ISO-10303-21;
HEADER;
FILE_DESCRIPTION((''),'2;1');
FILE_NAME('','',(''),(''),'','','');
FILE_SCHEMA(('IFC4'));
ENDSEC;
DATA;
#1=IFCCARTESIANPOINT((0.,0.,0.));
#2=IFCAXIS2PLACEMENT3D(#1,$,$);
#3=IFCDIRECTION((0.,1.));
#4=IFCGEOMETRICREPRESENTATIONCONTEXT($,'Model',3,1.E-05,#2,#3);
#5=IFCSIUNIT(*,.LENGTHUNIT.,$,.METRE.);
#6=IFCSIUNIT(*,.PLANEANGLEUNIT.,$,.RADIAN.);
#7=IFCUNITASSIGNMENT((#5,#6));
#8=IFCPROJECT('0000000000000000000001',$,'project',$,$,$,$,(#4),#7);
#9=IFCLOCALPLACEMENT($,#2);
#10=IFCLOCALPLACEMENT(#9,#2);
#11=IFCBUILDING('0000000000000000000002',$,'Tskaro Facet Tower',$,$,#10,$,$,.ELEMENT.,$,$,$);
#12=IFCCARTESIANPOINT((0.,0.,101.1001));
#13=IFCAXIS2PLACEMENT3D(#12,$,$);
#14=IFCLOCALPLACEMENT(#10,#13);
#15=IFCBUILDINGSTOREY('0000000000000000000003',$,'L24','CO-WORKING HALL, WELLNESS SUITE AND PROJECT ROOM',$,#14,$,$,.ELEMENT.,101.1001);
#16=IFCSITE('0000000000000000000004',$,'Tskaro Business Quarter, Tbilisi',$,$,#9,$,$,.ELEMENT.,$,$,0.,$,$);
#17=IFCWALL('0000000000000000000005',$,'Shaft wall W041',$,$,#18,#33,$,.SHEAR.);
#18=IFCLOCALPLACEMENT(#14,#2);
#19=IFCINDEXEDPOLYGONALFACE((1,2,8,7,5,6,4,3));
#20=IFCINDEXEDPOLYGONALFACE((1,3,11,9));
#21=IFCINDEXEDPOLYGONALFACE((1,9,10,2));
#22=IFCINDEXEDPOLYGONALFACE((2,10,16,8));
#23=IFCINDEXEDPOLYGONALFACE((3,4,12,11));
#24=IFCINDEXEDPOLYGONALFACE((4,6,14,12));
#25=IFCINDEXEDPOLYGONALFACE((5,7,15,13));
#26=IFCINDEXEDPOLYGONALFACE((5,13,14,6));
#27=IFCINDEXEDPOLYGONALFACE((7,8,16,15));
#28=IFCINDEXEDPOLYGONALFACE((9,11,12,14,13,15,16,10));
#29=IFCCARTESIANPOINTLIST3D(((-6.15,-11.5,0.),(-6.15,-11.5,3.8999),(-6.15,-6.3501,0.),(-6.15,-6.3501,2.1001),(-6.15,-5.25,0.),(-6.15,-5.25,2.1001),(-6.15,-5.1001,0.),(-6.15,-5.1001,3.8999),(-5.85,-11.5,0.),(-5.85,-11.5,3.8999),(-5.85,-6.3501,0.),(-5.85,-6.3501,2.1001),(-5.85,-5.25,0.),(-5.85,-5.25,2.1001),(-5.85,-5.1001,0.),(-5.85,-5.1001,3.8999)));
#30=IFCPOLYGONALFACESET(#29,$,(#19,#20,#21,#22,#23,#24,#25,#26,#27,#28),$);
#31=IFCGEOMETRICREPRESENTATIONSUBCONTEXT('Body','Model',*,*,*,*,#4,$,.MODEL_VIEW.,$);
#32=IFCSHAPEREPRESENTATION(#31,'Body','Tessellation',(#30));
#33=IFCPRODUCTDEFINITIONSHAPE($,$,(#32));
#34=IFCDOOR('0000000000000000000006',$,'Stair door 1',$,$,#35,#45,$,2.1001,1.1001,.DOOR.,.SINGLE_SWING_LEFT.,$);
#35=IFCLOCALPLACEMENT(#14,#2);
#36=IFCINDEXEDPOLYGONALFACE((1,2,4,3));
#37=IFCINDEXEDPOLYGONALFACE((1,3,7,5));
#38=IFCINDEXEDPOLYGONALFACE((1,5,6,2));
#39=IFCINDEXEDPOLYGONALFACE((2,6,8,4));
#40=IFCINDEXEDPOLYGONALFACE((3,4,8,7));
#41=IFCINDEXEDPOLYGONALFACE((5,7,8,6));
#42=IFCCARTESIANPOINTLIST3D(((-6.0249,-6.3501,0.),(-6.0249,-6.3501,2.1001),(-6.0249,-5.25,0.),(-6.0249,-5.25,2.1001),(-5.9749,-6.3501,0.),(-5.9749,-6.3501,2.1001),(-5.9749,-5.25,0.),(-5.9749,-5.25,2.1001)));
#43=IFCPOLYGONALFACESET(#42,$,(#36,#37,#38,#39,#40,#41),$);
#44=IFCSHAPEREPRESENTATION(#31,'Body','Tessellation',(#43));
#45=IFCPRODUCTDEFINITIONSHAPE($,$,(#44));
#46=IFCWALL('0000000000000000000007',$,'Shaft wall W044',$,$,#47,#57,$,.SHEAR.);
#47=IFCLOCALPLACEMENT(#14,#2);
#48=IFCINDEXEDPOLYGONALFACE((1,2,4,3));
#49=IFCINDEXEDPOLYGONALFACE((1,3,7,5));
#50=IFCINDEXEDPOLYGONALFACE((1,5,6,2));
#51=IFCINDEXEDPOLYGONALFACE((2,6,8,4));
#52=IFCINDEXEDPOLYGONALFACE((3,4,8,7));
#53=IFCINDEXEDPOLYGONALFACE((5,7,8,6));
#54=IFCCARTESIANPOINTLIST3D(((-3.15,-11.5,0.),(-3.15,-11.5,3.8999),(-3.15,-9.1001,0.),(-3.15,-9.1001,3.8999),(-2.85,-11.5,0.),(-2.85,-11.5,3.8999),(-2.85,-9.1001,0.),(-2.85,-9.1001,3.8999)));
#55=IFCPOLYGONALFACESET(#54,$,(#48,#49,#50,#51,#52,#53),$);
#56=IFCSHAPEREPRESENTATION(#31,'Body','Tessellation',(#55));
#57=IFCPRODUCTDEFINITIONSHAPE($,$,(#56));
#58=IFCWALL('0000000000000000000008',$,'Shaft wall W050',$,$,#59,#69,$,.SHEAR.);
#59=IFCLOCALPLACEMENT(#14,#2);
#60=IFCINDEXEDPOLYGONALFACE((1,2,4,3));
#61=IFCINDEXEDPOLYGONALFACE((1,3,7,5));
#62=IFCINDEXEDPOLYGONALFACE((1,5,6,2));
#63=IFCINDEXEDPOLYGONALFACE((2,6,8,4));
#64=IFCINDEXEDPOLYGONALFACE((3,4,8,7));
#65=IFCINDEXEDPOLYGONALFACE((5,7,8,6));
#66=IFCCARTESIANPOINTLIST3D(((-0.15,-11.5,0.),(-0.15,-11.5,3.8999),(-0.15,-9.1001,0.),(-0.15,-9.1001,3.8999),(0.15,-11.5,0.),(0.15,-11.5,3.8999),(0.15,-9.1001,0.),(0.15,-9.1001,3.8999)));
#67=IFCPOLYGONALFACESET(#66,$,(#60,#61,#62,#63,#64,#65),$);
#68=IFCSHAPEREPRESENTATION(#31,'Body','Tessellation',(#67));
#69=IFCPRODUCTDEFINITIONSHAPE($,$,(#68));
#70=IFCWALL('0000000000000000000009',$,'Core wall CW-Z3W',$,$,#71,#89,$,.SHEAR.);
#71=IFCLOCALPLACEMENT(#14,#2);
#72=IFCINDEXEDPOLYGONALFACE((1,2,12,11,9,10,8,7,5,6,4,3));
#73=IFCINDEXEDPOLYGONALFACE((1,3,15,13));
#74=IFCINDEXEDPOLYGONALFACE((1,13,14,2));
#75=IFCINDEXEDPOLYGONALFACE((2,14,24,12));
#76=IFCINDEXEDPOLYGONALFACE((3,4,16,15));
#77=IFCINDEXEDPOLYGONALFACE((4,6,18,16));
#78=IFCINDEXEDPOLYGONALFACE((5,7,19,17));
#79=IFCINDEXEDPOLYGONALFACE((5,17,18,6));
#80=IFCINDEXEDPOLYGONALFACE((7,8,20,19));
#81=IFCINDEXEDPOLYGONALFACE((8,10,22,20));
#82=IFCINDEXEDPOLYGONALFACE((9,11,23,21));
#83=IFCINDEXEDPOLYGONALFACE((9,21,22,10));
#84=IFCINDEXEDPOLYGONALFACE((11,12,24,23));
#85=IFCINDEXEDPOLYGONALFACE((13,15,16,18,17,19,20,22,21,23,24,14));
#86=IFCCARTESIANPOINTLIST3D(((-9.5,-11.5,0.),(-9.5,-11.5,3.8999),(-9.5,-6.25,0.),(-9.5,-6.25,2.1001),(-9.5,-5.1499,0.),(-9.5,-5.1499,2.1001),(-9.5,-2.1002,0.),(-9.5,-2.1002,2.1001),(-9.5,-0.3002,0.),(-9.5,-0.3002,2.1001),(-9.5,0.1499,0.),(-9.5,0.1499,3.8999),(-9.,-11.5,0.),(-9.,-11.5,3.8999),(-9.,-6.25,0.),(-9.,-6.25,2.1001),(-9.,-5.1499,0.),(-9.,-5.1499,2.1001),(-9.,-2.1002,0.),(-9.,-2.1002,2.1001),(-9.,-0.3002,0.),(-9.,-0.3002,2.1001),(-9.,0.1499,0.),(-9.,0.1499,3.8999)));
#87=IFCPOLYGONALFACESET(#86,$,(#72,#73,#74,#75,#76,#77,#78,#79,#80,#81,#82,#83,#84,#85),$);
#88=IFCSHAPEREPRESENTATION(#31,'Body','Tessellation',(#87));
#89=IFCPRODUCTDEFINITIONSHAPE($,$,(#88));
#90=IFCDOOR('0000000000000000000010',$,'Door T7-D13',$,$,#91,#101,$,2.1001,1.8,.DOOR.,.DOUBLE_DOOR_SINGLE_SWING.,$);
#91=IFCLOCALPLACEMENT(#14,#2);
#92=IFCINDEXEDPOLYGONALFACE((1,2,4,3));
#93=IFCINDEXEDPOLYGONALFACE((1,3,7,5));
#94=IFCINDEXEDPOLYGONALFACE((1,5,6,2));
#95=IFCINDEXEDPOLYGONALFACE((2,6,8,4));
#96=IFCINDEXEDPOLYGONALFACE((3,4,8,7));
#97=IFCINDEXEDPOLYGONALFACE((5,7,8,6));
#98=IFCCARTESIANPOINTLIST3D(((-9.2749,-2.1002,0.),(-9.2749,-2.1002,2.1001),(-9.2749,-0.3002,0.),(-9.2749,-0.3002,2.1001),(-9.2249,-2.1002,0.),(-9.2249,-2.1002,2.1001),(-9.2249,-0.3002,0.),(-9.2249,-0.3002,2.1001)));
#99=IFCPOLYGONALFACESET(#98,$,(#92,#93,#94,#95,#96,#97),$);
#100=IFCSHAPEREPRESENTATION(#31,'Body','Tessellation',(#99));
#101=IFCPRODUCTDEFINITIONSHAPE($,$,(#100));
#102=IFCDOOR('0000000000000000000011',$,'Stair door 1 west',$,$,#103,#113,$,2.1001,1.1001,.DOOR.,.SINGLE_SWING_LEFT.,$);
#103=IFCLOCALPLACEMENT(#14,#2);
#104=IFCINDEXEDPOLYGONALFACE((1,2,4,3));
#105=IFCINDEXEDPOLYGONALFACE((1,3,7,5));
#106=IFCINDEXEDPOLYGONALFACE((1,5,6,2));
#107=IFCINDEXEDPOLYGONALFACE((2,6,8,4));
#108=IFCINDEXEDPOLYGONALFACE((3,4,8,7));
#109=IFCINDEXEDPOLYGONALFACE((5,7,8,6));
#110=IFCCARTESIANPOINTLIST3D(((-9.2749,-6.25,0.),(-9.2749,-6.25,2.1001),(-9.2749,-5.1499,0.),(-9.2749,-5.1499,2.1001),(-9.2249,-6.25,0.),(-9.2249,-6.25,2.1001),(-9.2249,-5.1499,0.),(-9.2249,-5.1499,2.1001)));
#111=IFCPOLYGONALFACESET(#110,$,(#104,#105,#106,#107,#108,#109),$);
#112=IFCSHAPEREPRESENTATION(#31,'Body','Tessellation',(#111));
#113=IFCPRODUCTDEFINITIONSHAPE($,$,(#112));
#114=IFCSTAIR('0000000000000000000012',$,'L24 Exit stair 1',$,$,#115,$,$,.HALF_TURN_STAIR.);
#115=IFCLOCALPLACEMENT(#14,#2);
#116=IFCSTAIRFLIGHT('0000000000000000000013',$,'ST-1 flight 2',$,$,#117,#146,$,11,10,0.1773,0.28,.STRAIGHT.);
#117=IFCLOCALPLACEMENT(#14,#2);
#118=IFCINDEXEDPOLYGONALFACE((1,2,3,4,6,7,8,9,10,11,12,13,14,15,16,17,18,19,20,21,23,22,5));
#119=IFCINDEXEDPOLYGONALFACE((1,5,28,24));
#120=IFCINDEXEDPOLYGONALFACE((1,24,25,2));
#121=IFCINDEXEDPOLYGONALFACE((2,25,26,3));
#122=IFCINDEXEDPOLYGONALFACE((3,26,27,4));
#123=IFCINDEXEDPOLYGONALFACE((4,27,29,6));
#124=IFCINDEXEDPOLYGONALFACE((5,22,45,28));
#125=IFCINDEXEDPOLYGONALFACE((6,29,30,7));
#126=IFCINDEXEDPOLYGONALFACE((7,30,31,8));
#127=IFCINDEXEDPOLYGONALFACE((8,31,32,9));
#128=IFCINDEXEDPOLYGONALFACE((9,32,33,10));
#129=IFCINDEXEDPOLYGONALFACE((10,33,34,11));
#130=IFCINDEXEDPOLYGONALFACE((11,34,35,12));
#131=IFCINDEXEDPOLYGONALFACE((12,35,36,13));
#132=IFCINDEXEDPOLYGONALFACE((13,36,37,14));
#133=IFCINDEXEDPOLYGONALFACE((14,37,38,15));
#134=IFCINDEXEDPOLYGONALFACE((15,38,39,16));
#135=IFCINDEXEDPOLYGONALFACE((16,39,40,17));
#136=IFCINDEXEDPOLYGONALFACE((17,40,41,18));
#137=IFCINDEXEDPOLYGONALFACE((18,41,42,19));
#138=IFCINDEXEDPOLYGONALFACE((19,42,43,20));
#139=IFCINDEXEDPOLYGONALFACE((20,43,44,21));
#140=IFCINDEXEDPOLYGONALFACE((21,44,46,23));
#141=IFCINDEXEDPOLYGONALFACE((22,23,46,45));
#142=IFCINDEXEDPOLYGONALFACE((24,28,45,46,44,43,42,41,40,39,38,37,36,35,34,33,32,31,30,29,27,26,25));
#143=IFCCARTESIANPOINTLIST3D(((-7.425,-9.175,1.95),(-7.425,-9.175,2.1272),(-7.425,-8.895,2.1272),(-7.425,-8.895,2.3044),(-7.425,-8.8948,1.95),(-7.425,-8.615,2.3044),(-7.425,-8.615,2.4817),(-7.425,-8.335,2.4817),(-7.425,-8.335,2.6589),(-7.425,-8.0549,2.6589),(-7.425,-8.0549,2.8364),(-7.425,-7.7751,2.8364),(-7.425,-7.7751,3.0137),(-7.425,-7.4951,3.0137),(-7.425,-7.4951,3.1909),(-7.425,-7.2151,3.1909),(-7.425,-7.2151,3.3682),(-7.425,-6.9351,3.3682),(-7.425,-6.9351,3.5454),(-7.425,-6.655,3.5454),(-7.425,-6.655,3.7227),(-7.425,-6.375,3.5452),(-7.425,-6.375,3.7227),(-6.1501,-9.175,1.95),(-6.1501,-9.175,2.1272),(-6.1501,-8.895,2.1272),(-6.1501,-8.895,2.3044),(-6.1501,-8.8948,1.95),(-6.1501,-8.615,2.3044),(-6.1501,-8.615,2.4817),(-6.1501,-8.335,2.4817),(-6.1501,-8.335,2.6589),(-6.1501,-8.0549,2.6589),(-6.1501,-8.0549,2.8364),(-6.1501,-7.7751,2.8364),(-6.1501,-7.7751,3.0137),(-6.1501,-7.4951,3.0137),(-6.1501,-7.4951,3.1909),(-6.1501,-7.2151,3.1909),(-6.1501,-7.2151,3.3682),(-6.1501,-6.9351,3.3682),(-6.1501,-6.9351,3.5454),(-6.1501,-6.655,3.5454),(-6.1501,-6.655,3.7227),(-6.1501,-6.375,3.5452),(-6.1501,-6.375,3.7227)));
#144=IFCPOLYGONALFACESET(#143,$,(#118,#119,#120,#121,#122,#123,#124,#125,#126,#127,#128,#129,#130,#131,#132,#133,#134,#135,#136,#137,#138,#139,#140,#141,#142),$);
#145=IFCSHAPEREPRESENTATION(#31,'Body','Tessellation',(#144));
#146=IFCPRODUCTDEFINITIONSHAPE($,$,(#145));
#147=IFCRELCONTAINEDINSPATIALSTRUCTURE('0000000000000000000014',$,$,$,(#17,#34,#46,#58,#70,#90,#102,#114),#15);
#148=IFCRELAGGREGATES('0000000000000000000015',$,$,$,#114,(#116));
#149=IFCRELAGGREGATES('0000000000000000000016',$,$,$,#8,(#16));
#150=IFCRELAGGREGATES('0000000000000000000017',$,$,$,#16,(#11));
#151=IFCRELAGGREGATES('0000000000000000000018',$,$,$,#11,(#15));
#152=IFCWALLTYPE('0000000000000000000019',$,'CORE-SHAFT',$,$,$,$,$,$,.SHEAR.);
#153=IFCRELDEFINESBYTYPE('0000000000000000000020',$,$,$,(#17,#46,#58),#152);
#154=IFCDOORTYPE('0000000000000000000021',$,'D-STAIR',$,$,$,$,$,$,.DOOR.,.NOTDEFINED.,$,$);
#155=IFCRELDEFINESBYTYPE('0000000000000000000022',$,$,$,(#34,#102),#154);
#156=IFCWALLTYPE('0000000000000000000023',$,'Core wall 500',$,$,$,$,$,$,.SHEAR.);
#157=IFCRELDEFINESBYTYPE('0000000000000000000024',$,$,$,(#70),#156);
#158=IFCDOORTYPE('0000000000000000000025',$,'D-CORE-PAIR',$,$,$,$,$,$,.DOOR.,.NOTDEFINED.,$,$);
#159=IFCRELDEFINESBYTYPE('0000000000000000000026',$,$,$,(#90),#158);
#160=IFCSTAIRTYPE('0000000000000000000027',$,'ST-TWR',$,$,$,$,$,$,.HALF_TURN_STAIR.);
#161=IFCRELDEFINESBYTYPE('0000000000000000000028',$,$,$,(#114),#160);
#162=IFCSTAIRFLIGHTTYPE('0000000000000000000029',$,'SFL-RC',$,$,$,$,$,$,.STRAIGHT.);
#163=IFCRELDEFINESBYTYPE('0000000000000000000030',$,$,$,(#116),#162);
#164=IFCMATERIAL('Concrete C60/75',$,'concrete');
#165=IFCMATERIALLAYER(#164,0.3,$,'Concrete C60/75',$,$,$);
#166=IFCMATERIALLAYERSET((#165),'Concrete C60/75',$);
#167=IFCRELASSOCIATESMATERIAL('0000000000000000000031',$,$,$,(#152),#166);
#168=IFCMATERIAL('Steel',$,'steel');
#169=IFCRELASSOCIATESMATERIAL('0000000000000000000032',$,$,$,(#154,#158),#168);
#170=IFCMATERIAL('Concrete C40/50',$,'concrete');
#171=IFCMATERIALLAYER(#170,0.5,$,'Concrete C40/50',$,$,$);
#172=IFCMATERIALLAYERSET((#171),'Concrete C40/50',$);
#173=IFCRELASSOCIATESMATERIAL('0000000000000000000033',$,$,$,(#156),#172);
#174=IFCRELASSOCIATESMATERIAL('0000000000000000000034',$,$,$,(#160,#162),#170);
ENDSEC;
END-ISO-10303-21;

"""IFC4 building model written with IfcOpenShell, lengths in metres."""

from ifc_helpers import new_model, si_unit, direction, frame, frame_2d, origin, place, context, subcontext, project, spatial, polyline, rectangle, outline, extrude, material, layer, layer_set, type_object, element, fill, aggregate, save


model = new_model("IFC4")

# Units and contexts
model_context = context("Model", 3, precision=1e-05, world=origin(), true_north=direction((0.0, 1.0)))
body_context = subcontext(model_context, "Body", "Model", "MODEL_VIEW")
ifc_project = project(units=[si_unit("LENGTHUNIT", "METRE"), si_unit("PLANEANGLEUNIT", "RADIAN")], contexts=[model_context])

# Site, building, storey
site_placement = place(None, origin())
site = spatial("IfcSite", under=ifc_project, at=site_placement, Name="Tskaro Business Quarter, Tbilisi", CompositionType="ELEMENT", RefElevation=0.0)
building_placement = place(site_placement, origin())
building = spatial("IfcBuilding", under=site, at=building_placement, Name="Tskaro Facet Tower", CompositionType="ELEMENT")
storey_placement = place(building_placement, frame((0.0, 0.0, 101.1001)))
storey = spatial("IfcBuildingStorey", under=building, at=storey_placement, Name="L24", Description="CO-WORKING HALL, WELLNESS SUITE AND PROJECT ROOM", CompositionType="ELEMENT", Elevation=101.1001)

# Shared definitions
ifc_material_1 = material(Name="Concrete C60/75", Category="concrete")
ifc_layer_1 = layer(ifc_material_1, 0.3, Name="Concrete C60/75")
ifc_layer_set_1 = layer_set([ifc_layer_1], Name="Concrete C60/75")
wall_type_1 = type_object("IfcWallType", Name="CORE-SHAFT", PredefinedType="SHEAR", material=ifc_layer_set_1)

# Wall, opening, door
wall_1_placement = place(storey_placement, frame((-6.0, -11.5, 0.0), z_axis=(0.0, 0.0, 1.0), x_axis=(0.0, 1.0, 0.0)))
wall_1 = element("IfcWall", 1, at=wall_1_placement, inside=storey, type_object=wall_type_1, Name="Shaft wall W041", PredefinedType="SHEAR", context=body_context, shape_type="SweptSolid", body=[
    extrude(rectangle(XDim=6.3999, YDim=0.3, at=frame_2d((3.2, 0.0))), origin(), (0.0, 0.0, 1.0), 3.8999),
])
opening_1_placement = place(wall_1_placement, frame((5.1499, 0.0, 0.0)))
opening_1 = element("IfcOpeningElement", 2, at=opening_1_placement, cuts=wall_1, PredefinedType="OPENING", context=body_context, shape_type="SweptSolid", body=[
    extrude(rectangle(XDim=1.1001, YDim=2.1001, at=frame_2d((0.55, 1.05))), frame((0.0, 0.1599, 0.0), z_axis=(0.0, -1.0, 0.0), x_axis=(1.0, 0.0, 0.0)), (0.0, 0.0, 1.0), 0.3201),
])
ifc_material_2 = material(Name="Steel", Category="steel")
door_type_1 = type_object("IfcDoorType", Name="D-STAIR", OperationType="NOTDEFINED", PredefinedType="DOOR", material=ifc_material_2)
door_1_placement = place(opening_1_placement, origin())
door_1 = element("IfcDoor", 3, at=door_1_placement, inside=storey, type_object=door_type_1, Name="Stair door 1", OperationType="SINGLE_SWING_LEFT", OverallHeight=2.1001, OverallWidth=1.1001, PredefinedType="DOOR", context=body_context, shape_type="SweptSolid", body=[
    extrude(rectangle(XDim=1.1001, YDim=2.1001, at=frame_2d((0.55, 1.05))), frame((0.0, 0.0249, 0.0), z_axis=(0.0, -1.0, 0.0), x_axis=(1.0, 0.0, 0.0)), (0.0, 0.0, 1.0), 0.05),
])
fill(opening_1, door_1)

# Walls
for number, where, z_axis, x_axis, name in (
    (4, (-3.0, -11.5, 0.0), (0.0, 0.0, 1.0), (0.0, 1.0, 0.0), "Shaft wall W044"),
    (5, (0.0, -11.5, 0.0), (0.0, 0.0, 1.0), (0.0, 1.0, 0.0), "Shaft wall W050"),
):
    element("IfcWall", number, at=place(storey_placement, frame(where, z_axis=z_axis, x_axis=x_axis)), inside=storey, type_object=wall_type_1, Name=name, PredefinedType="SHEAR", context=body_context, shape_type="SweptSolid", body=[
        extrude(rectangle(XDim=2.3999, YDim=0.3, at=frame_2d((1.2, 0.0))), origin(), (0.0, 0.0, 1.0), 3.8999),
    ])

# Wall, openings, doors
ifc_material_3 = material(Name="Concrete C40/50", Category="concrete")
ifc_layer_2 = layer(ifc_material_3, 0.5, Name="Concrete C40/50")
ifc_layer_set_2 = layer_set([ifc_layer_2], Name="Concrete C40/50")
wall_type_2 = type_object("IfcWallType", Name="Core wall 500", PredefinedType="SHEAR", material=ifc_layer_set_2)
wall_2_placement = place(storey_placement, frame((-9.25, -11.5, 0.0), z_axis=(0.0, 0.0, 1.0), x_axis=(0.0, 1.0, 0.0)))
wall_2 = element("IfcWall", 6, at=wall_2_placement, inside=storey, type_object=wall_type_2, Name="Core wall CW-Z3W", PredefinedType="SHEAR", context=body_context, shape_type="SweptSolid", body=[
    extrude(rectangle(XDim=11.6499, YDim=0.5, at=frame_2d((5.825, 0.0))), origin(), (0.0, 0.0, 1.0), 3.8999),
])
opening_2_placement = place(wall_2_placement, frame((9.3999, 0.0, 0.0)))
opening_2 = element("IfcOpeningElement", 7, at=opening_2_placement, cuts=wall_2, PredefinedType="OPENING", context=body_context, shape_type="SweptSolid", body=[
    extrude(rectangle(XDim=1.8, YDim=2.1001, at=frame_2d((0.8999, 1.05))), frame((0.0, 0.26, 0.0), z_axis=(0.0, -1.0, 0.0), x_axis=(1.0, 0.0, 0.0)), (0.0, 0.0, 1.0), 0.52),
])
opening_3_placement = place(wall_2_placement, frame((5.25, 0.0, 0.0)))
opening_3 = element("IfcOpeningElement", 8, at=opening_3_placement, cuts=wall_2, PredefinedType="OPENING", context=body_context, shape_type="SweptSolid", body=[
    extrude(rectangle(XDim=1.1001, YDim=2.1001, at=frame_2d((0.55, 1.05))), frame((0.0, 0.26, 0.0), z_axis=(0.0, -1.0, 0.0), x_axis=(1.0, 0.0, 0.0)), (0.0, 0.0, 1.0), 0.52),
])
door_type_2 = type_object("IfcDoorType", Name="D-CORE-PAIR", OperationType="NOTDEFINED", PredefinedType="DOOR", material=ifc_material_2)
door_2_placement = place(opening_2_placement, origin())
door_2 = element("IfcDoor", 9, at=door_2_placement, inside=storey, type_object=door_type_2, Name="Door T7-D13", OperationType="DOUBLE_DOOR_SINGLE_SWING", OverallHeight=2.1001, OverallWidth=1.8, PredefinedType="DOOR", context=body_context, shape_type="SweptSolid", body=[
    extrude(rectangle(XDim=1.8, YDim=2.1001, at=frame_2d((0.8999, 1.05))), frame((0.0, 0.0249, 0.0), z_axis=(0.0, -1.0, 0.0), x_axis=(1.0, 0.0, 0.0)), (0.0, 0.0, 1.0), 0.05),
])
fill(opening_2, door_2)
door_3_placement = place(opening_3_placement, origin())
door_3 = element("IfcDoor", 10, at=door_3_placement, inside=storey, type_object=door_type_1, Name="Stair door 1 west", OperationType="SINGLE_SWING_LEFT", OverallHeight=2.1001, OverallWidth=1.1001, PredefinedType="DOOR", context=body_context, shape_type="SweptSolid", body=[
    extrude(rectangle(XDim=1.1001, YDim=2.1001, at=frame_2d((0.55, 1.05))), frame((0.0, 0.0249, 0.0), z_axis=(0.0, -1.0, 0.0), x_axis=(1.0, 0.0, 0.0)), (0.0, 0.0, 1.0), 0.05),
])
fill(opening_3, door_3)

# Stair, stair flight
stair_type = type_object("IfcStairType", Name="ST-TWR", PredefinedType="HALF_TURN_STAIR", material=ifc_material_3)
stair_placement = place(storey_placement, origin())
stair = element("IfcStair", 11, at=stair_placement, inside=storey, type_object=stair_type, Name="L24 Exit stair 1", PredefinedType="HALF_TURN_STAIR")
stair_flight_type = type_object("IfcStairFlightType", Name="SFL-RC", PredefinedType="STRAIGHT", material=ifc_material_3)
stair_flight_placement = place(storey_placement, frame((-6.7876, -9.175, 1.95), z_axis=(0.0, 0.0, 1.0), x_axis=(0.0, 1.0, 0.0)))
stair_flight = element("IfcStairFlight", 12, at=stair_flight_placement, type_object=stair_flight_type, Name="ST-1 flight 2", NumberOfRisers=11, NumberOfTreads=10, PredefinedType="STRAIGHT", RiserHeight=0.1773, TreadLength=0.28, context=body_context, shape_type="SweptSolid", body=[
    extrude(outline(polyline([(0.0, 0.0), (0.0, 0.1772), (0.28, 0.1772), (0.28, 0.3545), (0.5601, 0.3545), (0.5601, 0.5317), (0.8401, 0.5317), (0.8401, 0.709), (1.1201, 0.709), (1.1201, 0.8865), (1.3999, 0.8865), (1.3999, 1.0637), (1.6799, 1.0637), (1.6799, 1.241), (1.96, 1.241), (1.96, 1.4182), (2.24, 1.4182), (2.24, 1.5955), (2.52, 1.5955), (2.52, 1.7727), (2.8, 1.7727), (2.8, 1.95), (2.8, 1.5952), (0.2803, 0.0), (0.0, 0.0)])), frame((0.0, 0.6375, 0.0), z_axis=(0.0, -1.0, 0.0), x_axis=(1.0, 0.0, 0.0)), (0.0, 0.0, 1.0), 1.2749),
])
aggregate(stair, [stair_flight])

save(model, "model.ifc")
